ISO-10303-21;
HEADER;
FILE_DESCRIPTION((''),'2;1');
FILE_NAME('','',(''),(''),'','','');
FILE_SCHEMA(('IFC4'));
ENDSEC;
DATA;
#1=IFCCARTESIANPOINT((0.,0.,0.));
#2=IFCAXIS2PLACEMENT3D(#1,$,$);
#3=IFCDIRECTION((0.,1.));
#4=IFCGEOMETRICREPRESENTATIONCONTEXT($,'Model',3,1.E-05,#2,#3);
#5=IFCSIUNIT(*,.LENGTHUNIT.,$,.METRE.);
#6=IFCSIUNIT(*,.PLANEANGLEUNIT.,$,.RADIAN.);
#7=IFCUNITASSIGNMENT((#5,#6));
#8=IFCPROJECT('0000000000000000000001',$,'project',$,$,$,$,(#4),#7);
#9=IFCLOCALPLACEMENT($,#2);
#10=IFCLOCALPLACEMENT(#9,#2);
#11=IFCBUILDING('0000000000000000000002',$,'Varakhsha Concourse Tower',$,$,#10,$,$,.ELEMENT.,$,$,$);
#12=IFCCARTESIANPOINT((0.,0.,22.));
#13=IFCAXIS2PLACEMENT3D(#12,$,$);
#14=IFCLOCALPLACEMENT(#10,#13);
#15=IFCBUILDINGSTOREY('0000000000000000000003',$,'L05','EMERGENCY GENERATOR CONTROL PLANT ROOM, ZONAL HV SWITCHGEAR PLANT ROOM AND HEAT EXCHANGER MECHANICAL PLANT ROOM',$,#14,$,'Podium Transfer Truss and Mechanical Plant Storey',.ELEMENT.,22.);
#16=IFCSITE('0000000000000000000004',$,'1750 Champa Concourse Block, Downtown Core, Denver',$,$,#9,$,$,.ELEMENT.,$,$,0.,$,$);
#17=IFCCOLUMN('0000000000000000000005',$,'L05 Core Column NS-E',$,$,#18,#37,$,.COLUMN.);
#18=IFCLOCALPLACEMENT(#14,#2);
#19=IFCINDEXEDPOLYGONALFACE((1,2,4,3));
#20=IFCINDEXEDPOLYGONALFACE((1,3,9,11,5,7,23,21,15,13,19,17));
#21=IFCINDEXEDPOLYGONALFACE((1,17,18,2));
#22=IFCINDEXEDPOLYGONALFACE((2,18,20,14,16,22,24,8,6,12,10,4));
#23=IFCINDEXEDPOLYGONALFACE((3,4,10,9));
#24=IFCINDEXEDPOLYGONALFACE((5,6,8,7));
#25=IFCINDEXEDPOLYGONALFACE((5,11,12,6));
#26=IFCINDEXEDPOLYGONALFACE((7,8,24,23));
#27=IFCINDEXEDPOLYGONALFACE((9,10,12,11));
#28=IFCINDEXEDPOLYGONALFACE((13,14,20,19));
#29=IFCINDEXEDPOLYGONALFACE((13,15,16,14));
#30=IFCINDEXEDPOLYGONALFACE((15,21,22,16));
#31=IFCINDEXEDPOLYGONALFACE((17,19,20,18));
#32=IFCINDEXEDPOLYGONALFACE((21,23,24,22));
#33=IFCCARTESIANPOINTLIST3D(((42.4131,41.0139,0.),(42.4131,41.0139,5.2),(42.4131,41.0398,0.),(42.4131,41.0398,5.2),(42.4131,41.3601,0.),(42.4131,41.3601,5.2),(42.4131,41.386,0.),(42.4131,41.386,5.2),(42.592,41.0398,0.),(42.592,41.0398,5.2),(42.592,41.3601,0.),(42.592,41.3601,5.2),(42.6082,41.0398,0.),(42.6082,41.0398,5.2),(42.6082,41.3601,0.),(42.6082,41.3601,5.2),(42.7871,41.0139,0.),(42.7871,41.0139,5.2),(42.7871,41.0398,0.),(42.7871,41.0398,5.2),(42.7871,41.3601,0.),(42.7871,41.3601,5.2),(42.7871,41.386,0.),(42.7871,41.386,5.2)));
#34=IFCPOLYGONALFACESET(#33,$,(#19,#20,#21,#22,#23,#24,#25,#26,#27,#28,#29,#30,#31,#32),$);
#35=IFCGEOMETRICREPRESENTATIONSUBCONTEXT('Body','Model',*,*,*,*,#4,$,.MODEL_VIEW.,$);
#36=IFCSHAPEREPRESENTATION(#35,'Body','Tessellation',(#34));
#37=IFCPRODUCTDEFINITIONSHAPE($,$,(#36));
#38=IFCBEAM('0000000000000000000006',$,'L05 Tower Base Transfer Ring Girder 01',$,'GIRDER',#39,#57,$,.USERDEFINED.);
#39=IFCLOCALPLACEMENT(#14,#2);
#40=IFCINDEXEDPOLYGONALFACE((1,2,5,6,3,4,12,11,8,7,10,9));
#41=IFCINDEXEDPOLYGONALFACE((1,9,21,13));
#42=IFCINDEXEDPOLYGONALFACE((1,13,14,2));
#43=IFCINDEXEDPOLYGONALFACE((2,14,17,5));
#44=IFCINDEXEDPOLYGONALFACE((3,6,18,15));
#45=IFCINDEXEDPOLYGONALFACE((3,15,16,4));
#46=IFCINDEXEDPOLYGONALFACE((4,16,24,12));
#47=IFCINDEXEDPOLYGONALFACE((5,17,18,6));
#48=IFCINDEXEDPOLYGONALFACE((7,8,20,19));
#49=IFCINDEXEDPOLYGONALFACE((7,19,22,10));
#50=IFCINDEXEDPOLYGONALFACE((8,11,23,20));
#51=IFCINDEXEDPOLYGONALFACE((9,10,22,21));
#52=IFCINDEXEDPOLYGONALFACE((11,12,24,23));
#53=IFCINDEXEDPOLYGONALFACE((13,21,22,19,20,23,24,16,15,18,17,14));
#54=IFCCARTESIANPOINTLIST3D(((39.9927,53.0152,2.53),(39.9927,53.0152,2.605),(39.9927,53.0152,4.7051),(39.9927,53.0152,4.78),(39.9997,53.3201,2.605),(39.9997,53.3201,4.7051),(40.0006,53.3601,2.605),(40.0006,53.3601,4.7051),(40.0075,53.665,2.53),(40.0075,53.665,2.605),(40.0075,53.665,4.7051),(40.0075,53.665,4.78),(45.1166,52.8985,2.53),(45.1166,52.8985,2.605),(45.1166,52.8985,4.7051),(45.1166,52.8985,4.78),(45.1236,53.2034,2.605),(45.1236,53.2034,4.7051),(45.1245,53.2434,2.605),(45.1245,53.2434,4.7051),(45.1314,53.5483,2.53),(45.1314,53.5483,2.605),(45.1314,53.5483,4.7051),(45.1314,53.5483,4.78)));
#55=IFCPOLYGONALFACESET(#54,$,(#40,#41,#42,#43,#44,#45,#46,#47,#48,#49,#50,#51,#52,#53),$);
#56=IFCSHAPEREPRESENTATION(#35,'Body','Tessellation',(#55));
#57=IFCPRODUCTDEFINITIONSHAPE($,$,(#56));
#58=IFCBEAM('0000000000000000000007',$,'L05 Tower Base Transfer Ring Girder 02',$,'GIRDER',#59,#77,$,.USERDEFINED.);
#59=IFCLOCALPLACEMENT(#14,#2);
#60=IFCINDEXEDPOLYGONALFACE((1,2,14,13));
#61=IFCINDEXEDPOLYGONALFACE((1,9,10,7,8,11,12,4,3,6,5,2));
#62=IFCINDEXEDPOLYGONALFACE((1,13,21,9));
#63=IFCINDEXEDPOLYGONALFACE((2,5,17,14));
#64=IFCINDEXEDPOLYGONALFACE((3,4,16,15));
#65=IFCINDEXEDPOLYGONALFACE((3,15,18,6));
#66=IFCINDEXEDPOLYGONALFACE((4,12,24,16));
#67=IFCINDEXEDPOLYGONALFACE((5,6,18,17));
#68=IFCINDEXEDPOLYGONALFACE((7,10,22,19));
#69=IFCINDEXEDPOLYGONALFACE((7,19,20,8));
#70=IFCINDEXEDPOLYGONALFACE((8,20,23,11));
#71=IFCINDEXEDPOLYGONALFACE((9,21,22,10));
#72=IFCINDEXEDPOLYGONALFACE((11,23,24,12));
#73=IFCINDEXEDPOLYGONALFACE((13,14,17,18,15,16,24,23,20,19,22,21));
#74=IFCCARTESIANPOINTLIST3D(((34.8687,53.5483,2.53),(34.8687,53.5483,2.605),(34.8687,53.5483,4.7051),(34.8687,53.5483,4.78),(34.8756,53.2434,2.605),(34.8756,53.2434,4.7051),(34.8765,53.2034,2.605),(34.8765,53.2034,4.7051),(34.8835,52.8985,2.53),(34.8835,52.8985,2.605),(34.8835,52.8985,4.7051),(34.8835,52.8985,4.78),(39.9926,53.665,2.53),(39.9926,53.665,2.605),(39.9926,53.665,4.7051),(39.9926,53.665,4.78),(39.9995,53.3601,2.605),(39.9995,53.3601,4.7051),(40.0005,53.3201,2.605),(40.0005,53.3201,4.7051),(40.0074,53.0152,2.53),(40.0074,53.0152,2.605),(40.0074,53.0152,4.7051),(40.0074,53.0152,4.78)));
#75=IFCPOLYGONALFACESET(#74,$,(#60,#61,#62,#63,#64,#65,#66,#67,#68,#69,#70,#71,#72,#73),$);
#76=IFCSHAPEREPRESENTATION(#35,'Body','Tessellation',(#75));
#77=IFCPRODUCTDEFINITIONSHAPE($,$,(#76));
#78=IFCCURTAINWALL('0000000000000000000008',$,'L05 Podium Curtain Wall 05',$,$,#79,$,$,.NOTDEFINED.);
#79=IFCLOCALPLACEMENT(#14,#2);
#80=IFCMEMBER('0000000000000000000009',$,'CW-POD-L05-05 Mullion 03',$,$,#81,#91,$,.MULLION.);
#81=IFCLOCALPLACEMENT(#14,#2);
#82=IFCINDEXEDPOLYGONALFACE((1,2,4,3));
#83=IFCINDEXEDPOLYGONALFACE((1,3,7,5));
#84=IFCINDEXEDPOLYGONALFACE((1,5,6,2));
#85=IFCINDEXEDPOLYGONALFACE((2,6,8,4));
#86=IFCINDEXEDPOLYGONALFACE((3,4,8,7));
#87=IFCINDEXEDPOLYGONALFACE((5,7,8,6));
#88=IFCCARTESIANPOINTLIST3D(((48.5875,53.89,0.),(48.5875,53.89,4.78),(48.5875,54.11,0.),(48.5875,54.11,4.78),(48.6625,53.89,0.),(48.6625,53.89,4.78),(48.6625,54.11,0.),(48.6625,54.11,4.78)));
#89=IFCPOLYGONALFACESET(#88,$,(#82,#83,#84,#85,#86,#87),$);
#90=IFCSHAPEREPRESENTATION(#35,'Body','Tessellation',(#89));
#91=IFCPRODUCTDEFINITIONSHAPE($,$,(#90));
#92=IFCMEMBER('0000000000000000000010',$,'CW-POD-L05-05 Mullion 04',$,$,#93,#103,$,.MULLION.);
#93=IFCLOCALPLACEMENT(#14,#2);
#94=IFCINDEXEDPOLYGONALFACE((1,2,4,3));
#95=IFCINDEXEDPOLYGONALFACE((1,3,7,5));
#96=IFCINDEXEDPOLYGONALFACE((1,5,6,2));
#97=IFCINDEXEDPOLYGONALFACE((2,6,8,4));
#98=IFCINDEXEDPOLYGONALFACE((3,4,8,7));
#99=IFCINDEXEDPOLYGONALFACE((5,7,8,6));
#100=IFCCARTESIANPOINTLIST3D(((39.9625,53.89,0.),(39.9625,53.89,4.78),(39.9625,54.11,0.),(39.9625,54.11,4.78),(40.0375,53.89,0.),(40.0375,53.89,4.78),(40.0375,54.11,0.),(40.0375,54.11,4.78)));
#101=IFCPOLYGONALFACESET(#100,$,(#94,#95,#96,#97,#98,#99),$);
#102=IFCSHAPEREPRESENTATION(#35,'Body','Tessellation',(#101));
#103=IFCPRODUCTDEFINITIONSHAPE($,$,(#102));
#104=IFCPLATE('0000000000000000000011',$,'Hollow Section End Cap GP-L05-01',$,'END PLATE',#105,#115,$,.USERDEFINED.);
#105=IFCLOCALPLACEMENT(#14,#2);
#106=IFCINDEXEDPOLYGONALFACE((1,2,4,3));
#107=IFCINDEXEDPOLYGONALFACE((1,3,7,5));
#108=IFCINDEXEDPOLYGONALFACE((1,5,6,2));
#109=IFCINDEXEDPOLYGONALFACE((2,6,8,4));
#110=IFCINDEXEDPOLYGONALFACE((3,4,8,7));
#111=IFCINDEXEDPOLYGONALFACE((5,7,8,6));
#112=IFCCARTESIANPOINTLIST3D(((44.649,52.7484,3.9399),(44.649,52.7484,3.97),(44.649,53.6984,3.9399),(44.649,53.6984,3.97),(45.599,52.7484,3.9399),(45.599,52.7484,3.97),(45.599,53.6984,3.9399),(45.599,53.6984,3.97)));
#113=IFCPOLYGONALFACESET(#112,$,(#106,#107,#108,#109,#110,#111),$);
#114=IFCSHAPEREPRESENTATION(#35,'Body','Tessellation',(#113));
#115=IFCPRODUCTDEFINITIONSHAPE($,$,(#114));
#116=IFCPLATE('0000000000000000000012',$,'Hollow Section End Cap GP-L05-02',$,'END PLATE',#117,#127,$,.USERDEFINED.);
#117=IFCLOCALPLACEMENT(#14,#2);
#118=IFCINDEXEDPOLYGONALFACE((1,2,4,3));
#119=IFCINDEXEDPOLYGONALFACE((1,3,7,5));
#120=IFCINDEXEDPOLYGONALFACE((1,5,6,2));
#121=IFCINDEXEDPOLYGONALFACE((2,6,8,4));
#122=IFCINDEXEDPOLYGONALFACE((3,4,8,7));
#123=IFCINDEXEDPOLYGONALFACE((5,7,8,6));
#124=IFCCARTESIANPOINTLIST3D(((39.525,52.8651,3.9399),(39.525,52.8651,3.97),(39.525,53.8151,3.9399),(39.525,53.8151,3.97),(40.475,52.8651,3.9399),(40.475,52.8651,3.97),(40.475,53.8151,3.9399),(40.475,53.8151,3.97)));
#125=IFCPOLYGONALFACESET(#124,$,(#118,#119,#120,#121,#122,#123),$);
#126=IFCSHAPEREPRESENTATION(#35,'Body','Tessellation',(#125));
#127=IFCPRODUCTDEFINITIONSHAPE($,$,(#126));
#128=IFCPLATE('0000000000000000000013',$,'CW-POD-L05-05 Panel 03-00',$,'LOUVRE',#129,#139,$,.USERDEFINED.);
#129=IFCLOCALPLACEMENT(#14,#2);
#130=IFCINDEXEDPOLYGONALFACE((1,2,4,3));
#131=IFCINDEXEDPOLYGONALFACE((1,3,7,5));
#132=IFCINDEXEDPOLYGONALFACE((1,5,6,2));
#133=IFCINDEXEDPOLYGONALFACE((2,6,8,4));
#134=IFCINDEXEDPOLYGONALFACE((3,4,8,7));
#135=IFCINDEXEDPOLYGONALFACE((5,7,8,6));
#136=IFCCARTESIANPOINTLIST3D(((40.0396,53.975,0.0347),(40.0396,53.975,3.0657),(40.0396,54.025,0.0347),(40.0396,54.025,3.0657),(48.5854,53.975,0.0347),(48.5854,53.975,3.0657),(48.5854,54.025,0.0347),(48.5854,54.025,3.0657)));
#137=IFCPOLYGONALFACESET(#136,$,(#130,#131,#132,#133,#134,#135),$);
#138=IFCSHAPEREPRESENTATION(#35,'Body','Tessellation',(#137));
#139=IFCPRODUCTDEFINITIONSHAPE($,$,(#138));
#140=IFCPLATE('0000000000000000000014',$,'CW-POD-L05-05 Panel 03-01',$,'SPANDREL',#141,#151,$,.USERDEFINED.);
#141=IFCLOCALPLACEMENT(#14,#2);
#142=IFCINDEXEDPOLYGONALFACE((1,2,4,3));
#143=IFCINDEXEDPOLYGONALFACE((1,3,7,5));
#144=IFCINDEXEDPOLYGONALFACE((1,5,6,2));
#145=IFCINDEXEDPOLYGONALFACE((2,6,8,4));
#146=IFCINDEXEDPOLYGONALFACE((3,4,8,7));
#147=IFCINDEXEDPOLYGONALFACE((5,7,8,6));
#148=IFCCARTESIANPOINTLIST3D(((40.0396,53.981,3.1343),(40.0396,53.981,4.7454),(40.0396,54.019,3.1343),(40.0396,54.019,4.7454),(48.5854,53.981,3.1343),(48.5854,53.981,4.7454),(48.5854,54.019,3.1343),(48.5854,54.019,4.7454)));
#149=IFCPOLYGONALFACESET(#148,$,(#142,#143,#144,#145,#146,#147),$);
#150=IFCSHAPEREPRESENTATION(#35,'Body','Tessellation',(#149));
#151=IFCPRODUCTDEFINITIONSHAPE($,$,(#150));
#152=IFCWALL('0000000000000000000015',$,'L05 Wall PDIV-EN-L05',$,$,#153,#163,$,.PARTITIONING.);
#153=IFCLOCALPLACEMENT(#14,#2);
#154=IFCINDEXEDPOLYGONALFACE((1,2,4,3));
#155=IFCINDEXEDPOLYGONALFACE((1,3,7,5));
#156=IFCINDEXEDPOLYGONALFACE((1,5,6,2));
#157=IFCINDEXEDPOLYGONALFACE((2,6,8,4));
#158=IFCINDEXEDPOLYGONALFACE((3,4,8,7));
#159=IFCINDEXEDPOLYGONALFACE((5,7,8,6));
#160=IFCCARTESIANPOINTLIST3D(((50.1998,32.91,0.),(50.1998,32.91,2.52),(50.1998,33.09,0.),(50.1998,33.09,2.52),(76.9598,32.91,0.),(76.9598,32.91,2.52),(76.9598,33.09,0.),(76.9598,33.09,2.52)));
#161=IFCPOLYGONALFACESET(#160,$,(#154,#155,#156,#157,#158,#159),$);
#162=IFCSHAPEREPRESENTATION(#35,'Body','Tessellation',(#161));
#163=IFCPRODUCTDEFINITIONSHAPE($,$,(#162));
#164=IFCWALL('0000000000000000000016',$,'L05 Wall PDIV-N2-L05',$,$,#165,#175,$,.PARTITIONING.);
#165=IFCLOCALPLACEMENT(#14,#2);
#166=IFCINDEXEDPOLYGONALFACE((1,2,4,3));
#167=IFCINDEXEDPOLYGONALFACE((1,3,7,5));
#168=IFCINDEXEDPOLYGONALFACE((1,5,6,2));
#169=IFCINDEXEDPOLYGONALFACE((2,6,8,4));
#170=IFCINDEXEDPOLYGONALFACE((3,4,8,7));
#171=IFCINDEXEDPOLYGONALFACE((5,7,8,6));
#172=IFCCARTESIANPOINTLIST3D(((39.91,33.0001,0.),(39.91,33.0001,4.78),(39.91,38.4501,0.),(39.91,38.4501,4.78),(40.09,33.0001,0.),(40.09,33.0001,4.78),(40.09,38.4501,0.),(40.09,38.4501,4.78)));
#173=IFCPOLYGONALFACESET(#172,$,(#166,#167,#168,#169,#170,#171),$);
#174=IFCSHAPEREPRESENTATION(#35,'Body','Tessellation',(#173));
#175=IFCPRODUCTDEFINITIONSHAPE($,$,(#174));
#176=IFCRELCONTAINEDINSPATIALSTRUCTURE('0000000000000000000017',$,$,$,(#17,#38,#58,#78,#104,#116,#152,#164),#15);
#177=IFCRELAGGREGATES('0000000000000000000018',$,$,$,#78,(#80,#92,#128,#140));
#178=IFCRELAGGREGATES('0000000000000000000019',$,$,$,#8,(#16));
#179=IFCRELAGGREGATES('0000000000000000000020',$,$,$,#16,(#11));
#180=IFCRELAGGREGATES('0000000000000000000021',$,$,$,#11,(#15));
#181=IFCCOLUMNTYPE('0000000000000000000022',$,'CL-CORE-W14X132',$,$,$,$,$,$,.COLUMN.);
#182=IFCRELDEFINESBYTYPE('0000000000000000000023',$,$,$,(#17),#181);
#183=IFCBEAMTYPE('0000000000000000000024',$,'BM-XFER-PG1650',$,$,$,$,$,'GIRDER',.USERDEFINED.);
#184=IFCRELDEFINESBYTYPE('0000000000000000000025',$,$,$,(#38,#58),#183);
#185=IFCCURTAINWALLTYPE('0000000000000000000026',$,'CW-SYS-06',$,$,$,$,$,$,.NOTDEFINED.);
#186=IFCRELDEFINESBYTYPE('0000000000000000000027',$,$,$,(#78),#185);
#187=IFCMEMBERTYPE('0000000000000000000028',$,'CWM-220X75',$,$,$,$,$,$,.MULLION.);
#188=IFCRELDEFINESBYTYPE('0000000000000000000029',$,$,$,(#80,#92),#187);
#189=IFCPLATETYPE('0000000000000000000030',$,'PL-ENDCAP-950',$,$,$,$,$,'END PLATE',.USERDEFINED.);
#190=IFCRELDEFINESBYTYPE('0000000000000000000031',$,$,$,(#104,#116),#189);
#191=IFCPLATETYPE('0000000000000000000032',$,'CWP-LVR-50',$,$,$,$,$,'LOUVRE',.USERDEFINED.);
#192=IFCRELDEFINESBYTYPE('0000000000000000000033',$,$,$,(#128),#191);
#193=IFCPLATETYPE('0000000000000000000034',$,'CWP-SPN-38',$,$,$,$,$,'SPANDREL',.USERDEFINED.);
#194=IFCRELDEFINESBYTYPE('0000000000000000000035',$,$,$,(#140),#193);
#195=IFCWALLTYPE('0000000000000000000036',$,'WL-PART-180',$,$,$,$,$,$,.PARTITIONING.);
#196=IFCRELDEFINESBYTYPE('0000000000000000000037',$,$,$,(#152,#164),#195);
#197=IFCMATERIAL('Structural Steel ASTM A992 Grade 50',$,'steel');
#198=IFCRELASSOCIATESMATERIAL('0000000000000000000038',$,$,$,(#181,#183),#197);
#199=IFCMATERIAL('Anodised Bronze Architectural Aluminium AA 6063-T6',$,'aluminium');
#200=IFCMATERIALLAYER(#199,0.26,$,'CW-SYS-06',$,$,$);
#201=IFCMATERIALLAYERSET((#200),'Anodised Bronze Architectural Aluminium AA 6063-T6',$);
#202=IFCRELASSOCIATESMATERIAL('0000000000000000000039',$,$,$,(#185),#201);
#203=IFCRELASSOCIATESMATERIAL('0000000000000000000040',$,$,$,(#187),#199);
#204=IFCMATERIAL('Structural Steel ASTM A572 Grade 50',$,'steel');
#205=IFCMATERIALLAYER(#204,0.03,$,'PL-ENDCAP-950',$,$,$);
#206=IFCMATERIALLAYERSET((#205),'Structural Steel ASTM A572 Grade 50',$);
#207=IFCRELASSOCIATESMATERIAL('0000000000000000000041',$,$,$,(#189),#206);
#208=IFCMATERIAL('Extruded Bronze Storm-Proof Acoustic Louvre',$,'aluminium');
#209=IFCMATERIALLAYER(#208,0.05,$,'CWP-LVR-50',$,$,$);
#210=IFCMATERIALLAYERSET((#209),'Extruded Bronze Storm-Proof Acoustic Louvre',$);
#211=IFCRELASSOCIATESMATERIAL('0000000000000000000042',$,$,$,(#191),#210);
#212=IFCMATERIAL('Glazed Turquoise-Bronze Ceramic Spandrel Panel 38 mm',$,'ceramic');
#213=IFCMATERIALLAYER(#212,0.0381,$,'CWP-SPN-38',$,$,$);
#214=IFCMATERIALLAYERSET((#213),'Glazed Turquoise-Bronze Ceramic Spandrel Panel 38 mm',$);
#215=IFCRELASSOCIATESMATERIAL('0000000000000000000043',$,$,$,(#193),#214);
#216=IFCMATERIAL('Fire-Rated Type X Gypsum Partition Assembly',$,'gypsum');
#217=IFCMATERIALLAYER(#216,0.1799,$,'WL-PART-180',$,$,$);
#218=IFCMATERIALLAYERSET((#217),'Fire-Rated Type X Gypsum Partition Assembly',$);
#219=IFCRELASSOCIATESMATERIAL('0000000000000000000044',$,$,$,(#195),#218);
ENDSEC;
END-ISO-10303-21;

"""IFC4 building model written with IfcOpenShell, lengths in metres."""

from ifc_helpers import new_model, si_unit, direction, frame, frame_2d, origin, origin_2d, place, context, subcontext, project, spatial, rectangle, i_section, extrude, source, transform, mapped, material, layer, layer_set, material_profile, profile_set, type_object, type_shapes, element, aggregate, save


model = new_model("IFC4")

# Units and contexts
model_context = context("Model", 3, precision=1e-05, world=origin(), true_north=direction((0.0, 1.0)))
body_context = subcontext(model_context, "Body", "Model", "MODEL_VIEW")
ifc_project = project(units=[si_unit("LENGTHUNIT", "METRE"), si_unit("PLANEANGLEUNIT", "RADIAN")], contexts=[model_context])

# Site, building, storey
site_placement = place(None, origin())
site = spatial("IfcSite", under=ifc_project, at=site_placement, Name="1750 Champa Concourse Block, Downtown Core, Denver", CompositionType="ELEMENT", RefElevation=0.0)
building_placement = place(site_placement, origin())
building = spatial("IfcBuilding", under=site, at=building_placement, Name="Varakhsha Concourse Tower", CompositionType="ELEMENT")
storey_placement = place(building_placement, frame((0.0, 0.0, 22.0)))
storey = spatial("IfcBuildingStorey", under=building, at=storey_placement, Name="L05", Description="EMERGENCY GENERATOR CONTROL PLANT ROOM, ZONAL HV SWITCHGEAR PLANT ROOM AND HEAT EXCHANGER MECHANICAL PLANT ROOM", LongName="Podium Transfer Truss and Mechanical Plant Storey", CompositionType="ELEMENT", Elevation=22.0)

# Column
ifc_material_1 = material(Name="Structural Steel ASTM A992 Grade 50", Category="steel")
ifc_material_profile_1 = material_profile(ifc_material_1, i_section(OverallWidth=0.374, OverallDepth=0.3721, WebThickness=0.0161, FlangeThickness=0.0259, at=origin_2d()), Name="W14X132")
ifc_profile_set_1 = profile_set([ifc_material_profile_1], Name="Structural Steel ASTM A992 Grade 50")
column_type = type_object("IfcColumnType", Name="CL-CORE-W14X132", PredefinedType="COLUMN", material=ifc_profile_set_1)
column_placement = place(storey_placement, frame((42.6001, 41.2, 0.0), z_axis=(0.0, 0.0, 1.0), x_axis=(1.0, 0.0, 0.0)))
element("IfcColumn", 1, at=column_placement, inside=storey, type_object=column_type, Name="L05 Core Column NS-E", PredefinedType="COLUMN", context=body_context, shape_type="SweptSolid", body=[
    extrude(i_section(OverallWidth=0.374, OverallDepth=0.3721, WebThickness=0.0161, FlangeThickness=0.0259, at=origin_2d()), origin(), (0.0, 0.0, 1.0), 5.2),
])

# Beams
ifc_material_profile_2 = material_profile(ifc_material_1, i_section(OverallWidth=0.6499, OverallDepth=2.25, WebThickness=0.04, FlangeThickness=0.075, at=origin_2d()), Name="PG 2250x650x75x40")
ifc_profile_set_2 = profile_set([ifc_material_profile_2], Name="Structural Steel ASTM A992 Grade 50")
beam_type = type_object("IfcBeamType", Name="BM-XFER-PG1650", ElementType="GIRDER", PredefinedType="USERDEFINED", material=ifc_profile_set_2)
for number, where, z_axis, x_axis, name in (
    (2, (45.124, 53.2234, 3.655), (-0.999741, 0.022769, 0.0), (-0.022769, -0.999741, 0.0), "L05 Tower Base Transfer Ring Girder 01"),
    (3, (40.0, 53.3401, 3.655), (-0.999741, -0.022769, 0.0), (0.022769, -0.999741, 0.0), "L05 Tower Base Transfer Ring Girder 02"),
):
    element("IfcBeam", number, at=place(storey_placement, frame(where, z_axis=z_axis, x_axis=x_axis)), inside=storey, type_object=beam_type, Name=name, ObjectType="GIRDER", PredefinedType="USERDEFINED", context=body_context, shape_type="SweptSolid", body=[
        extrude(i_section(OverallWidth=0.6499, OverallDepth=2.25, WebThickness=0.04, FlangeThickness=0.075, at=origin_2d()), origin(), (0.0, 0.0, 1.0), 5.1252),
    ])

# Curtain wall, members
ifc_material_2 = material(Name="Anodised Bronze Architectural Aluminium AA 6063-T6", Category="aluminium")
ifc_layer_1 = layer(ifc_material_2, 0.26, Name="CW-SYS-06")
ifc_layer_set_1 = layer_set([ifc_layer_1], Name="Anodised Bronze Architectural Aluminium AA 6063-T6")
curtain_wall_type = type_object("IfcCurtainWallType", Name="CW-SYS-06", PredefinedType="NOTDEFINED", material=ifc_layer_set_1)
curtain_wall_placement = place(storey_placement, origin())
curtain_wall = element("IfcCurtainWall", 4, at=curtain_wall_placement, inside=storey, type_object=curtain_wall_type, Name="L05 Podium Curtain Wall 05", PredefinedType="NOTDEFINED")
ifc_material_profile_3 = material_profile(ifc_material_2, rectangle(XDim=0.075, YDim=0.22, at=origin_2d()), Name="CWM-220X75")
ifc_profile_set_3 = profile_set([ifc_material_profile_3], Name="Anodised Bronze Architectural Aluminium AA 6063-T6")
member_type = type_object("IfcMemberType", Name="CWM-220X75", PredefinedType="MULLION", material=ifc_profile_set_3)
shared_shape_1 = source(origin(), body_context, "Body", "SweptSolid", [
    extrude(rectangle(XDim=0.075, YDim=0.22, at=origin_2d()), origin(), (0.0, 0.0, 1.0), 4.78),
])
type_shapes(member_type, [shared_shape_1])
member_1_placement = place(storey_placement, frame((48.625, 54.0, 0.0), z_axis=(0.0, 0.0, 1.0), x_axis=(-1.0, 0.0, 0.0)))
member_1 = element("IfcMember", 5, at=member_1_placement, type_object=member_type, Name="CW-POD-L05-05 Mullion 03", PredefinedType="MULLION", context=body_context, shape_type="MappedRepresentation", body=[
    mapped(shared_shape_1, transform((0.0, 0.0, 0.0), scale=1.0)),
])
member_2_placement = place(storey_placement, frame((40.0, 54.0, 0.0), z_axis=(0.0, 0.0, 1.0), x_axis=(-1.0, 0.0, 0.0)))
member_2 = element("IfcMember", 6, at=member_2_placement, type_object=member_type, Name="CW-POD-L05-05 Mullion 04", PredefinedType="MULLION", context=body_context, shape_type="MappedRepresentation", body=[
    mapped(shared_shape_1, transform((0.0, 0.0, 0.0), scale=1.0)),
])

# Plates
ifc_material_3 = material(Name="Structural Steel ASTM A572 Grade 50", Category="steel")
ifc_layer_2 = layer(ifc_material_3, 0.03, Name="PL-ENDCAP-950")
ifc_layer_set_2 = layer_set([ifc_layer_2], Name="Structural Steel ASTM A572 Grade 50")
plate_type_1 = type_object("IfcPlateType", Name="PL-ENDCAP-950", ElementType="END PLATE", PredefinedType="USERDEFINED", material=ifc_layer_set_2)
shared_shape_2 = source(origin(), body_context, "Body", "SweptSolid", [
    extrude(rectangle(XDim=0.95, YDim=0.95, at=origin_2d()), origin(), (0.0, 0.0, 1.0), 0.03),
])
type_shapes(plate_type_1, [shared_shape_2])
for number, where, z_axis, x_axis, name in (
    (7, (45.124, 53.2234, 3.9399), (0.0, 0.0, 1.0), (1.0, 0.0, 0.0), "Hollow Section End Cap GP-L05-01"),
    (8, (40.0, 53.3401, 3.9399), (0.0, 0.0, 1.0), (1.0, 0.0, 0.0), "Hollow Section End Cap GP-L05-02"),
):
    element("IfcPlate", number, at=place(storey_placement, frame(where, z_axis=z_axis, x_axis=x_axis)), inside=storey, type_object=plate_type_1, Name=name, ObjectType="END PLATE", PredefinedType="USERDEFINED", context=body_context, shape_type="MappedRepresentation", body=[
        mapped(shared_shape_2, transform((0.0, 0.0, 0.0), scale=1.0)),
    ])

# Plates
ifc_material_4 = material(Name="Extruded Bronze Storm-Proof Acoustic Louvre", Category="aluminium")
ifc_layer_3 = layer(ifc_material_4, 0.05, Name="CWP-LVR-50")
ifc_layer_set_3 = layer_set([ifc_layer_3], Name="Extruded Bronze Storm-Proof Acoustic Louvre")
plate_type_2 = type_object("IfcPlateType", Name="CWP-LVR-50", ElementType="LOUVRE", PredefinedType="USERDEFINED", material=ifc_layer_set_3)
shared_shape_3 = source(origin(), body_context, "Body", "SweptSolid", [
    extrude(rectangle(XDim=8.5459, YDim=0.05, at=origin_2d()), origin(), (0.0, 0.0, 1.0), 3.031),
])
type_shapes(plate_type_2, [shared_shape_3])
plate_1_placement = place(storey_placement, frame((44.3125, 54.0, 0.0347), z_axis=(0.0, 0.0, 1.0), x_axis=(-1.0, 0.0, 0.0)))
plate_1 = element("IfcPlate", 9, at=plate_1_placement, type_object=plate_type_2, Name="CW-POD-L05-05 Panel 03-00", ObjectType="LOUVRE", PredefinedType="USERDEFINED", context=body_context, shape_type="MappedRepresentation", body=[
    mapped(shared_shape_3, transform((0.0, 0.0, 0.0), scale=1.0)),
])
ifc_material_5 = material(Name="Glazed Turquoise-Bronze Ceramic Spandrel Panel 38 mm", Category="ceramic")
ifc_layer_4 = layer(ifc_material_5, 0.0381, Name="CWP-SPN-38")
ifc_layer_set_4 = layer_set([ifc_layer_4], Name="Glazed Turquoise-Bronze Ceramic Spandrel Panel 38 mm")
plate_type_3 = type_object("IfcPlateType", Name="CWP-SPN-38", ElementType="SPANDREL", PredefinedType="USERDEFINED", material=ifc_layer_set_4)
shared_shape_4 = source(origin(), body_context, "Body", "SweptSolid", [
    extrude(rectangle(XDim=8.5459, YDim=0.0381, at=origin_2d()), origin(), (0.0, 0.0, 1.0), 1.6111),
])
type_shapes(plate_type_3, [shared_shape_4])
plate_2_placement = place(storey_placement, frame((44.3125, 54.0, 3.1343), z_axis=(0.0, 0.0, 1.0), x_axis=(-1.0, 0.0, 0.0)))
plate_2 = element("IfcPlate", 10, at=plate_2_placement, type_object=plate_type_3, Name="CW-POD-L05-05 Panel 03-01", ObjectType="SPANDREL", PredefinedType="USERDEFINED", context=body_context, shape_type="MappedRepresentation", body=[
    mapped(shared_shape_4, transform((0.0, 0.0, 0.0), scale=1.0)),
])
aggregate(curtain_wall, [member_1, member_2, plate_1, plate_2])

# Walls
ifc_material_6 = material(Name="Fire-Rated Type X Gypsum Partition Assembly", Category="gypsum")
ifc_layer_5 = layer(ifc_material_6, 0.1799, Name="WL-PART-180")
ifc_layer_set_5 = layer_set([ifc_layer_5], Name="Fire-Rated Type X Gypsum Partition Assembly")
wall_type_1 = type_object("IfcWallType", Name="WL-PART-180", PredefinedType="PARTITIONING", material=ifc_layer_set_5)
wall_1_placement = place(storey_placement, frame((50.2, 33.0, 0.0), z_axis=(0.0, 0.0, 1.0), x_axis=(1.0, 0.0, 0.0)))
element("IfcWall", 11, at=wall_1_placement, inside=storey, type_object=wall_type_1, Name="L05 Wall PDIV-EN-L05", PredefinedType="PARTITIONING", context=body_context, shape_type="SweptSolid", body=[
    extrude(rectangle(XDim=26.76, YDim=0.1799, at=frame_2d((13.3799, 0.0))), origin(), (0.0, 0.0, 1.0), 2.52),
])
wall_2_placement = place(storey_placement, frame((40.0, 33.0, 0.0), z_axis=(0.0, 0.0, 1.0), x_axis=(0.0, 1.0, 0.0)))
element("IfcWall", 12, at=wall_2_placement, inside=storey, type_object=wall_type_1, Name="L05 Wall PDIV-N2-L05", PredefinedType="PARTITIONING", context=body_context, shape_type="SweptSolid", body=[
    extrude(rectangle(XDim=5.45, YDim=0.1799, at=frame_2d((2.7251, 0.0))), origin(), (0.0, 0.0, 1.0), 4.78),
])

save(model, "model.ifc")
